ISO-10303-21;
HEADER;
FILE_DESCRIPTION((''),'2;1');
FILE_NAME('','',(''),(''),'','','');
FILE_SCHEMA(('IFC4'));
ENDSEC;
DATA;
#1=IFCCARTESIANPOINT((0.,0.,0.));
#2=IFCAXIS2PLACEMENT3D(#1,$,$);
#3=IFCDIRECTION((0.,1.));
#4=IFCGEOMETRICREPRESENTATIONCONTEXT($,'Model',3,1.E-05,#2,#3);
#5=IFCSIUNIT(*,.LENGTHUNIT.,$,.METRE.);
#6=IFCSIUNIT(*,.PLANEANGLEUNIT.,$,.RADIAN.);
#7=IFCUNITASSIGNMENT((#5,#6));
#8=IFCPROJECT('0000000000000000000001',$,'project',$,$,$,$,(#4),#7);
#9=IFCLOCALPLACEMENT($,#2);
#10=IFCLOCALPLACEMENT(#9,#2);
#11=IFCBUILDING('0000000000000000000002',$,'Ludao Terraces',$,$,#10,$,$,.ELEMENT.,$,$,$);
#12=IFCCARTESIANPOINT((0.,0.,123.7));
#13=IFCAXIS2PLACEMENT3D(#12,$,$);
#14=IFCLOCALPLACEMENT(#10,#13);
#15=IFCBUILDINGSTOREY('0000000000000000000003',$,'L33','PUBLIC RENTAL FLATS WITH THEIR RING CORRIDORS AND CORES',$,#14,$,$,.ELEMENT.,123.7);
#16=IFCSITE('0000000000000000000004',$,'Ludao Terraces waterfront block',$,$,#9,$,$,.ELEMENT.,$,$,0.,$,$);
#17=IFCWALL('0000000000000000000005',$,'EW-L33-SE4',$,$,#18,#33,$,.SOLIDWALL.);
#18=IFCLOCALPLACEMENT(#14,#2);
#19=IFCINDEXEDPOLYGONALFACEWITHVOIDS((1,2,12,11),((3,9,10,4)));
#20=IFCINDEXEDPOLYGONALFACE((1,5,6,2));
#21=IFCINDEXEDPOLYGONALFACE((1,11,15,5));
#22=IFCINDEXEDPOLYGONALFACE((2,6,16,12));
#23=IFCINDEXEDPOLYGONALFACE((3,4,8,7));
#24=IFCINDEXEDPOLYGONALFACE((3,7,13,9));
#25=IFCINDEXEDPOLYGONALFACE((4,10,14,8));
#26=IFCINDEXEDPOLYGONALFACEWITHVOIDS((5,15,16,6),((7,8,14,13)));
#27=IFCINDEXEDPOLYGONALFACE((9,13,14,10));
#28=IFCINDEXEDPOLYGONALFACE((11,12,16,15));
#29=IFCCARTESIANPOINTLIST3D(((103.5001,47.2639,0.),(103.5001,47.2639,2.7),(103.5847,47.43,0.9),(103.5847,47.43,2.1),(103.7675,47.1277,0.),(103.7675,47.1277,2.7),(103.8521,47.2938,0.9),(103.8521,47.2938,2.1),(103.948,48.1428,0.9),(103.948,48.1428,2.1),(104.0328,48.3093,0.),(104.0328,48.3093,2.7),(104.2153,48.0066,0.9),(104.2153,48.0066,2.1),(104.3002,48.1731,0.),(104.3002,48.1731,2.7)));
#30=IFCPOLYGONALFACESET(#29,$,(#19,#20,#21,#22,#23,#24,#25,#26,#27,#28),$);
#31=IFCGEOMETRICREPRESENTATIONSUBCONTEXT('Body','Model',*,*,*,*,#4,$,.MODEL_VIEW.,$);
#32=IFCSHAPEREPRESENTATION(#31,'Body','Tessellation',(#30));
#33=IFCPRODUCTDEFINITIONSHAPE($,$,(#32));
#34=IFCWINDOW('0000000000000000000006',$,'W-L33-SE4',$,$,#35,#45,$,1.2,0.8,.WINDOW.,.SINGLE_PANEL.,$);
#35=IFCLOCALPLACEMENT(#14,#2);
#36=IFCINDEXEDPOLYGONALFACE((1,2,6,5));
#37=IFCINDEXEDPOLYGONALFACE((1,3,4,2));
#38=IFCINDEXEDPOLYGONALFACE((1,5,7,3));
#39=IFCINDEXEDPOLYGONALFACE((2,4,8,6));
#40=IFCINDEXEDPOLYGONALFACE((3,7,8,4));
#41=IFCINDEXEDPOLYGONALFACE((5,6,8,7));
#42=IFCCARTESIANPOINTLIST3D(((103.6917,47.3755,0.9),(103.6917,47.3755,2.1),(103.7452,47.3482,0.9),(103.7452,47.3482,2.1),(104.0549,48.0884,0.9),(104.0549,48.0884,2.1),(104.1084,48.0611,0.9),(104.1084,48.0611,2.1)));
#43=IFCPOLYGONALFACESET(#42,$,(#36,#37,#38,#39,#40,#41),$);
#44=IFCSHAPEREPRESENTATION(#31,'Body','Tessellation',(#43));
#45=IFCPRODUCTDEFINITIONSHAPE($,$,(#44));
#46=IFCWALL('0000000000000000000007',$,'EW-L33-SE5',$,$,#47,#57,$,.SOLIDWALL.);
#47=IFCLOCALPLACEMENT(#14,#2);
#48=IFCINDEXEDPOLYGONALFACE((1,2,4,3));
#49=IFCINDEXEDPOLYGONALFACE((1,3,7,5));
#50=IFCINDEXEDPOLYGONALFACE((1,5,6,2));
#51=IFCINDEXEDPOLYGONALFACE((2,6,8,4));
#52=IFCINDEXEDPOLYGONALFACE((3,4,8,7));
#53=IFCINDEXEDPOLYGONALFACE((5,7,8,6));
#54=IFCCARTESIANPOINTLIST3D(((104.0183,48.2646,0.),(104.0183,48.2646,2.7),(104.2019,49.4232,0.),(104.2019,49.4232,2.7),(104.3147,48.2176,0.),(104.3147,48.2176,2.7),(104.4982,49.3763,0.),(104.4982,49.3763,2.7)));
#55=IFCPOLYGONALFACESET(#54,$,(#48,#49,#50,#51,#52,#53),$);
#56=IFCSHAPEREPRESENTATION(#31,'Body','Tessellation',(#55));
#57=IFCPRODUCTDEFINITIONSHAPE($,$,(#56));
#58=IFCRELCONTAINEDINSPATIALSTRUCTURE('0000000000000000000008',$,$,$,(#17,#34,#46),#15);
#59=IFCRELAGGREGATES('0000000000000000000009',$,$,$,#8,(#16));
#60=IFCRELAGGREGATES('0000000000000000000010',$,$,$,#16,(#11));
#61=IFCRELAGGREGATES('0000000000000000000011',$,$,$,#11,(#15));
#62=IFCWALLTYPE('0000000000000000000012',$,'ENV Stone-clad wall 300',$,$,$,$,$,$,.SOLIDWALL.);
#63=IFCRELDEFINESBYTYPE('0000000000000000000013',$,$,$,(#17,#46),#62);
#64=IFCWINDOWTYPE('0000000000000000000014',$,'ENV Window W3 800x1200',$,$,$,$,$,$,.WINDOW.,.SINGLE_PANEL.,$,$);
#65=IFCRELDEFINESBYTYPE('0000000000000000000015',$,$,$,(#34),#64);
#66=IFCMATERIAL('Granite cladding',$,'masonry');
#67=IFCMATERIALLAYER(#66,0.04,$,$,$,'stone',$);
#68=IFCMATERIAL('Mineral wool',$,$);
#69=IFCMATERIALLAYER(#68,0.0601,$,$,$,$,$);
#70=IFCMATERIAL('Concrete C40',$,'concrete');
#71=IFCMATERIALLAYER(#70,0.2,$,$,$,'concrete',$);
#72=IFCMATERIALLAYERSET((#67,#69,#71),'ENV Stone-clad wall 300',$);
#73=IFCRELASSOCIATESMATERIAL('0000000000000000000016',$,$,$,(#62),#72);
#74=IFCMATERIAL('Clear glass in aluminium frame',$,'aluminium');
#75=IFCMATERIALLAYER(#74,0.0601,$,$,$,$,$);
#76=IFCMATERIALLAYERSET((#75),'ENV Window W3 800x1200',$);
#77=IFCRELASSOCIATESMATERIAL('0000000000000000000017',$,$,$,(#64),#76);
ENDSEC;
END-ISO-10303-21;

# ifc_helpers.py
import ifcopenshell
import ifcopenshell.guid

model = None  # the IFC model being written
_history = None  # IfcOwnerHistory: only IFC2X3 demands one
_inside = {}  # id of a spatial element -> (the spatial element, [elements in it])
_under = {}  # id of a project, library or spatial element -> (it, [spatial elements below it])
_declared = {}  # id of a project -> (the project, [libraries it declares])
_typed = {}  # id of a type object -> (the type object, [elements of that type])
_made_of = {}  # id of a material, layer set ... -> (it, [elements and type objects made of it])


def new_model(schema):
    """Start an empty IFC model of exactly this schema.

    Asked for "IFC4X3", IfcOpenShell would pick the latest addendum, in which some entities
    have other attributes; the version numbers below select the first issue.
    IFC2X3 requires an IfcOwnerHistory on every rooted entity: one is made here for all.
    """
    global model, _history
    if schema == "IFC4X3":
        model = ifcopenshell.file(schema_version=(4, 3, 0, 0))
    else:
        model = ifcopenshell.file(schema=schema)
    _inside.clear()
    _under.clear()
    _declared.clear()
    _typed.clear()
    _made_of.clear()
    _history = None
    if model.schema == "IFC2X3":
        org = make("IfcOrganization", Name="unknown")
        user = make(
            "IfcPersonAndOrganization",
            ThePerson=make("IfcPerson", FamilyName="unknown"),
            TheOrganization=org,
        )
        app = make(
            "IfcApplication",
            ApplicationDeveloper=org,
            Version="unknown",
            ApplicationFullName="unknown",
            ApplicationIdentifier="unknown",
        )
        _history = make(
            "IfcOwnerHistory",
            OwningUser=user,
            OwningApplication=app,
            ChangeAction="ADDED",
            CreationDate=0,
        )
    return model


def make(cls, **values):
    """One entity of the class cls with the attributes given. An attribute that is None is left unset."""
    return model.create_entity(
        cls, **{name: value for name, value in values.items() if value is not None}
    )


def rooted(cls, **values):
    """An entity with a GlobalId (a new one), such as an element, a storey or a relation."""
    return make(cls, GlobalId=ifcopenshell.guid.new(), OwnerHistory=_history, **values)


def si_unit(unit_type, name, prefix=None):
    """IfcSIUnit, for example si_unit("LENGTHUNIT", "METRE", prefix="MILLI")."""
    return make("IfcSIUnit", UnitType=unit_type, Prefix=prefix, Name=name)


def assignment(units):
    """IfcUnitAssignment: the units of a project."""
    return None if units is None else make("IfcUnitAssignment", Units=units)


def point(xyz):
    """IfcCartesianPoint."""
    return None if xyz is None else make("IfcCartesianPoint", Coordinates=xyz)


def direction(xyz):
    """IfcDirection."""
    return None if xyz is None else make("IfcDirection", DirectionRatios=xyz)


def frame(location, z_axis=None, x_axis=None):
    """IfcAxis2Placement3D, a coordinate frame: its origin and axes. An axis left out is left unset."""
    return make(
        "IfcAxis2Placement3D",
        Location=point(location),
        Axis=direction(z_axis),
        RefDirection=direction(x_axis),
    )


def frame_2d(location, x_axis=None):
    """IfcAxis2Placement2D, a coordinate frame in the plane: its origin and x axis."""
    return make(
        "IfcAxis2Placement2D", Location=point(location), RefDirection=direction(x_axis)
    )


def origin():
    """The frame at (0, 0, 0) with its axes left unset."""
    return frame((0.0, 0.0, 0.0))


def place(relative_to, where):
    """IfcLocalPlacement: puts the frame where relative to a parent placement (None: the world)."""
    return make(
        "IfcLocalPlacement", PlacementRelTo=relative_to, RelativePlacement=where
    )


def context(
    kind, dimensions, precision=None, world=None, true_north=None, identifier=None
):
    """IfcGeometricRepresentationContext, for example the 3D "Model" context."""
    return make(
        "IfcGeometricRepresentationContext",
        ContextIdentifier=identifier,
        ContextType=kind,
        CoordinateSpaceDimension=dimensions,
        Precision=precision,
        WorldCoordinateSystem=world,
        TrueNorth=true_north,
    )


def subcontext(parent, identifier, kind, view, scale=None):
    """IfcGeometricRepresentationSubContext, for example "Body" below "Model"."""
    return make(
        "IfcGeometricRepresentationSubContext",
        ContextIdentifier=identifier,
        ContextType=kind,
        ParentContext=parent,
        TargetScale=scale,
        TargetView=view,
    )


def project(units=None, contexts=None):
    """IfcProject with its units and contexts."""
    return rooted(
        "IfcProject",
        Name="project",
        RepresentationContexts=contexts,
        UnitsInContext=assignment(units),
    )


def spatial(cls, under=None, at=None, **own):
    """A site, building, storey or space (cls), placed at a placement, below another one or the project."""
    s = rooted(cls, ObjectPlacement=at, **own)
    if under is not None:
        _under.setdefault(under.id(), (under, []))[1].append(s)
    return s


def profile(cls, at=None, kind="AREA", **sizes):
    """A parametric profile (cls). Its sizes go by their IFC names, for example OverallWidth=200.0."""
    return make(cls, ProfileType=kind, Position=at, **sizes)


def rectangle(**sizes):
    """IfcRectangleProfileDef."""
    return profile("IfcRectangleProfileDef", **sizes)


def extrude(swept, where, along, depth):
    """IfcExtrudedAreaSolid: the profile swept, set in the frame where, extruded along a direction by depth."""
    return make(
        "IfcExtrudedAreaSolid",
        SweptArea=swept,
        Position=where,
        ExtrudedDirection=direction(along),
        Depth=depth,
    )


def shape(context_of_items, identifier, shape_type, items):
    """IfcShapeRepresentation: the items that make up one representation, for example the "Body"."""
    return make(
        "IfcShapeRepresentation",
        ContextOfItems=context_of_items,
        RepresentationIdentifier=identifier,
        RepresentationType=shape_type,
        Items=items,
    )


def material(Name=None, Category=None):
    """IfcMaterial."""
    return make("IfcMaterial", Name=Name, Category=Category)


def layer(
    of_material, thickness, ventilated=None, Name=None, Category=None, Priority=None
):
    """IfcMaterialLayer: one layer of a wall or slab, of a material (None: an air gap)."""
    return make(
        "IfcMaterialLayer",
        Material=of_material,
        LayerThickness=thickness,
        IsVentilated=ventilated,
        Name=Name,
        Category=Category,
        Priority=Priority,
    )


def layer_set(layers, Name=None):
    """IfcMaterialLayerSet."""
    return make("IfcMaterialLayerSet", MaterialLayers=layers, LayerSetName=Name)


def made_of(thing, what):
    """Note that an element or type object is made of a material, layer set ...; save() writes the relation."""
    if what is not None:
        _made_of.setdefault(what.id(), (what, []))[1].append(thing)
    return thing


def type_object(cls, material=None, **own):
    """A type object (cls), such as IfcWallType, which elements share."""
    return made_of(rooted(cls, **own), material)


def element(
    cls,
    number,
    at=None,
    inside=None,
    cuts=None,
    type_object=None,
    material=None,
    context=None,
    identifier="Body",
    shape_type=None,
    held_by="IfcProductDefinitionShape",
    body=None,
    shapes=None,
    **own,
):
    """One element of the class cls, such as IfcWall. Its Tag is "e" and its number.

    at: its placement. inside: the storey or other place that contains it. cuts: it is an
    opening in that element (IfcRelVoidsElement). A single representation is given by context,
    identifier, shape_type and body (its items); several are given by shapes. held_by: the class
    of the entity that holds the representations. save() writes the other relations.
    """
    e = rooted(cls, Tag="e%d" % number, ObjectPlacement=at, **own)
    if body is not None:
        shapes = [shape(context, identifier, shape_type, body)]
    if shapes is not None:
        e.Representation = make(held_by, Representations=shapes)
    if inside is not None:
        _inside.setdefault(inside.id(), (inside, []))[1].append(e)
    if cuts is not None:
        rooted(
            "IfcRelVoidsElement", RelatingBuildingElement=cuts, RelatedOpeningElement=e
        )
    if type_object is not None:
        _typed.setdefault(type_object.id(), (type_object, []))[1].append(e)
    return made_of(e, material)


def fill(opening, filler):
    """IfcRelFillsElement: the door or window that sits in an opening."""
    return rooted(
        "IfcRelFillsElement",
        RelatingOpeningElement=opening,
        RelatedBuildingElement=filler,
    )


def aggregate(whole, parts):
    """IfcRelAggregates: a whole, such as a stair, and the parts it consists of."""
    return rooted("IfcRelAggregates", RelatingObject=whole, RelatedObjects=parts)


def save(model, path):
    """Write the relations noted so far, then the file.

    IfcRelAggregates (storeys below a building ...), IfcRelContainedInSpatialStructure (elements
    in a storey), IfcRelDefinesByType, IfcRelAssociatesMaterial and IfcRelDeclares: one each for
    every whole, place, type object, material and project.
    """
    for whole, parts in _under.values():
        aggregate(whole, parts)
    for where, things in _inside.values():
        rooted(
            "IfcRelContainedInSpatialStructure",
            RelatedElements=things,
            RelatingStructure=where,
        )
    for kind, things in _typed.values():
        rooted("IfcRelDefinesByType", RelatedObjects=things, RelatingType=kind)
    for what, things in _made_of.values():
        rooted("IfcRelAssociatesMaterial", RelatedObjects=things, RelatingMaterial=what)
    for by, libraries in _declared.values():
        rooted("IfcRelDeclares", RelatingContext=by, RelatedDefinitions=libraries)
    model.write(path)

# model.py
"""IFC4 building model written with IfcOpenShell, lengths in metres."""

from ifc_helpers import new_model, si_unit, direction, frame, frame_2d, origin, place, context, subcontext, project, spatial, rectangle, extrude, material, layer, layer_set, type_object, element, fill, save


model = new_model("IFC4")

# Units and contexts
model_context = context("Model", 3, precision=1e-05, world=origin(), true_north=direction((0.0, 1.0)))
body_context = subcontext(model_context, "Body", "Model", "MODEL_VIEW")
ifc_project = project(units=[si_unit("LENGTHUNIT", "METRE"), si_unit("PLANEANGLEUNIT", "RADIAN")], contexts=[model_context])

# Site, building, storey
site_placement = place(None, origin())
site = spatial("IfcSite", under=ifc_project, at=site_placement, Name="Ludao Terraces waterfront block", CompositionType="ELEMENT", RefElevation=0.0)
building_placement = place(site_placement, origin())
building = spatial("IfcBuilding", under=site, at=building_placement, Name="Ludao Terraces", CompositionType="ELEMENT")
storey_placement = place(building_placement, frame((0.0, 0.0, 123.7)))
storey = spatial("IfcBuildingStorey", under=building, at=storey_placement, Name="L33", Description="PUBLIC RENTAL FLATS WITH THEIR RING CORRIDORS AND CORES", CompositionType="ELEMENT", Elevation=123.7)

# Shared definitions
ifc_material_1 = material(Name="Concrete C40", Category="concrete")

# Wall, opening, window
ifc_material_2 = material(Name="Granite cladding", Category="masonry")
ifc_layer_1 = layer(ifc_material_2, 0.04, Category="stone")
ifc_material_3 = material(Name="Mineral wool")
ifc_layer_2 = layer(ifc_material_3, 0.0601)
ifc_layer_3 = layer(ifc_material_1, 0.2, Category="concrete")
ifc_layer_set_1 = layer_set([ifc_layer_1, ifc_layer_2, ifc_layer_3], Name="ENV Stone-clad wall 300")
wall_type = type_object("IfcWallType", Name="ENV Stone-clad wall 300", PredefinedType="SOLIDWALL", material=ifc_layer_set_1)
ifc_material_4 = material(Name="Clear glass in aluminium frame", Category="aluminium")
ifc_layer_4 = layer(ifc_material_4, 0.0601)
ifc_layer_set_2 = layer_set([ifc_layer_4], Name="ENV Window W3 800x1200")
window_type_1 = type_object("IfcWindowType", Name="ENV Window W3 800x1200", PartitioningType="SINGLE_PANEL", PredefinedType="WINDOW", material=ifc_layer_set_2)
wall_1_placement = place(storey_placement, frame((103.6338, 47.1958, 0.0), z_axis=(0.0, 0.0, 1.0), x_axis=(0.454026, 0.890989, 0.0)))
wall_1 = element("IfcWall", 1, at=wall_1_placement, inside=storey, type_object=wall_type, Name="EW-L33-SE4", PredefinedType="SOLIDWALL", context=body_context, shape_type="SweptSolid", body=[
    extrude(rectangle(XDim=1.1733, YDim=0.3, at=frame_2d((0.5867, 0.0))), origin(), (0.0, 0.0, 1.0), 2.7),
])
opening_1_placement = place(wall_1_placement, frame((0.1865, 0.0, 0.8999)))
opening_1 = element("IfcOpeningElement", 2, at=opening_1_placement, cuts=wall_1, PredefinedType="OPENING", context=body_context, shape_type="SweptSolid", body=[
    extrude(rectangle(XDim=0.8, YDim=1.2, at=frame_2d((0.3999, 0.6001))), frame((0.0, 0.1602, 0.0), z_axis=(0.0, -1.0, 0.0), x_axis=(1.0, 0.0, 0.0)), (0.0, 0.0, 1.0), 0.3201),
])
window_1_placement = place(opening_1_placement, origin())
window_1 = element("IfcWindow", 3, at=window_1_placement, inside=storey, type_object=window_type_1, Name="W-L33-SE4", OverallHeight=1.2, OverallWidth=0.8, PartitioningType="SINGLE_PANEL", PredefinedType="WINDOW", context=body_context, shape_type="SweptSolid", body=[
    extrude(rectangle(XDim=0.8, YDim=1.2, at=frame_2d((0.3999, 0.6001))), frame((0.0, 0.03, 0.0), z_axis=(0.0, -1.0, 0.0), x_axis=(1.0, 0.0, 0.0)), (0.0, 0.0, 1.0), 0.0601),
])
fill(opening_1, window_1)

# Wall
wall_2_placement = place(storey_placement, frame((104.1665, 48.2412, 0.0), z_axis=(0.0, 0.0, 1.0), x_axis=(0.156497, 0.987678, 0.0)))
element("IfcWall", 4, at=wall_2_placement, inside=storey, type_object=wall_type, Name="EW-L33-SE5", PredefinedType="SOLIDWALL", context=body_context, shape_type="SweptSolid", body=[
    extrude(rectangle(XDim=1.1731, YDim=0.3, at=frame_2d((0.5864, 0.0))), origin(), (0.0, 0.0, 1.0), 2.7),
])

save(model, "model.ifc")
